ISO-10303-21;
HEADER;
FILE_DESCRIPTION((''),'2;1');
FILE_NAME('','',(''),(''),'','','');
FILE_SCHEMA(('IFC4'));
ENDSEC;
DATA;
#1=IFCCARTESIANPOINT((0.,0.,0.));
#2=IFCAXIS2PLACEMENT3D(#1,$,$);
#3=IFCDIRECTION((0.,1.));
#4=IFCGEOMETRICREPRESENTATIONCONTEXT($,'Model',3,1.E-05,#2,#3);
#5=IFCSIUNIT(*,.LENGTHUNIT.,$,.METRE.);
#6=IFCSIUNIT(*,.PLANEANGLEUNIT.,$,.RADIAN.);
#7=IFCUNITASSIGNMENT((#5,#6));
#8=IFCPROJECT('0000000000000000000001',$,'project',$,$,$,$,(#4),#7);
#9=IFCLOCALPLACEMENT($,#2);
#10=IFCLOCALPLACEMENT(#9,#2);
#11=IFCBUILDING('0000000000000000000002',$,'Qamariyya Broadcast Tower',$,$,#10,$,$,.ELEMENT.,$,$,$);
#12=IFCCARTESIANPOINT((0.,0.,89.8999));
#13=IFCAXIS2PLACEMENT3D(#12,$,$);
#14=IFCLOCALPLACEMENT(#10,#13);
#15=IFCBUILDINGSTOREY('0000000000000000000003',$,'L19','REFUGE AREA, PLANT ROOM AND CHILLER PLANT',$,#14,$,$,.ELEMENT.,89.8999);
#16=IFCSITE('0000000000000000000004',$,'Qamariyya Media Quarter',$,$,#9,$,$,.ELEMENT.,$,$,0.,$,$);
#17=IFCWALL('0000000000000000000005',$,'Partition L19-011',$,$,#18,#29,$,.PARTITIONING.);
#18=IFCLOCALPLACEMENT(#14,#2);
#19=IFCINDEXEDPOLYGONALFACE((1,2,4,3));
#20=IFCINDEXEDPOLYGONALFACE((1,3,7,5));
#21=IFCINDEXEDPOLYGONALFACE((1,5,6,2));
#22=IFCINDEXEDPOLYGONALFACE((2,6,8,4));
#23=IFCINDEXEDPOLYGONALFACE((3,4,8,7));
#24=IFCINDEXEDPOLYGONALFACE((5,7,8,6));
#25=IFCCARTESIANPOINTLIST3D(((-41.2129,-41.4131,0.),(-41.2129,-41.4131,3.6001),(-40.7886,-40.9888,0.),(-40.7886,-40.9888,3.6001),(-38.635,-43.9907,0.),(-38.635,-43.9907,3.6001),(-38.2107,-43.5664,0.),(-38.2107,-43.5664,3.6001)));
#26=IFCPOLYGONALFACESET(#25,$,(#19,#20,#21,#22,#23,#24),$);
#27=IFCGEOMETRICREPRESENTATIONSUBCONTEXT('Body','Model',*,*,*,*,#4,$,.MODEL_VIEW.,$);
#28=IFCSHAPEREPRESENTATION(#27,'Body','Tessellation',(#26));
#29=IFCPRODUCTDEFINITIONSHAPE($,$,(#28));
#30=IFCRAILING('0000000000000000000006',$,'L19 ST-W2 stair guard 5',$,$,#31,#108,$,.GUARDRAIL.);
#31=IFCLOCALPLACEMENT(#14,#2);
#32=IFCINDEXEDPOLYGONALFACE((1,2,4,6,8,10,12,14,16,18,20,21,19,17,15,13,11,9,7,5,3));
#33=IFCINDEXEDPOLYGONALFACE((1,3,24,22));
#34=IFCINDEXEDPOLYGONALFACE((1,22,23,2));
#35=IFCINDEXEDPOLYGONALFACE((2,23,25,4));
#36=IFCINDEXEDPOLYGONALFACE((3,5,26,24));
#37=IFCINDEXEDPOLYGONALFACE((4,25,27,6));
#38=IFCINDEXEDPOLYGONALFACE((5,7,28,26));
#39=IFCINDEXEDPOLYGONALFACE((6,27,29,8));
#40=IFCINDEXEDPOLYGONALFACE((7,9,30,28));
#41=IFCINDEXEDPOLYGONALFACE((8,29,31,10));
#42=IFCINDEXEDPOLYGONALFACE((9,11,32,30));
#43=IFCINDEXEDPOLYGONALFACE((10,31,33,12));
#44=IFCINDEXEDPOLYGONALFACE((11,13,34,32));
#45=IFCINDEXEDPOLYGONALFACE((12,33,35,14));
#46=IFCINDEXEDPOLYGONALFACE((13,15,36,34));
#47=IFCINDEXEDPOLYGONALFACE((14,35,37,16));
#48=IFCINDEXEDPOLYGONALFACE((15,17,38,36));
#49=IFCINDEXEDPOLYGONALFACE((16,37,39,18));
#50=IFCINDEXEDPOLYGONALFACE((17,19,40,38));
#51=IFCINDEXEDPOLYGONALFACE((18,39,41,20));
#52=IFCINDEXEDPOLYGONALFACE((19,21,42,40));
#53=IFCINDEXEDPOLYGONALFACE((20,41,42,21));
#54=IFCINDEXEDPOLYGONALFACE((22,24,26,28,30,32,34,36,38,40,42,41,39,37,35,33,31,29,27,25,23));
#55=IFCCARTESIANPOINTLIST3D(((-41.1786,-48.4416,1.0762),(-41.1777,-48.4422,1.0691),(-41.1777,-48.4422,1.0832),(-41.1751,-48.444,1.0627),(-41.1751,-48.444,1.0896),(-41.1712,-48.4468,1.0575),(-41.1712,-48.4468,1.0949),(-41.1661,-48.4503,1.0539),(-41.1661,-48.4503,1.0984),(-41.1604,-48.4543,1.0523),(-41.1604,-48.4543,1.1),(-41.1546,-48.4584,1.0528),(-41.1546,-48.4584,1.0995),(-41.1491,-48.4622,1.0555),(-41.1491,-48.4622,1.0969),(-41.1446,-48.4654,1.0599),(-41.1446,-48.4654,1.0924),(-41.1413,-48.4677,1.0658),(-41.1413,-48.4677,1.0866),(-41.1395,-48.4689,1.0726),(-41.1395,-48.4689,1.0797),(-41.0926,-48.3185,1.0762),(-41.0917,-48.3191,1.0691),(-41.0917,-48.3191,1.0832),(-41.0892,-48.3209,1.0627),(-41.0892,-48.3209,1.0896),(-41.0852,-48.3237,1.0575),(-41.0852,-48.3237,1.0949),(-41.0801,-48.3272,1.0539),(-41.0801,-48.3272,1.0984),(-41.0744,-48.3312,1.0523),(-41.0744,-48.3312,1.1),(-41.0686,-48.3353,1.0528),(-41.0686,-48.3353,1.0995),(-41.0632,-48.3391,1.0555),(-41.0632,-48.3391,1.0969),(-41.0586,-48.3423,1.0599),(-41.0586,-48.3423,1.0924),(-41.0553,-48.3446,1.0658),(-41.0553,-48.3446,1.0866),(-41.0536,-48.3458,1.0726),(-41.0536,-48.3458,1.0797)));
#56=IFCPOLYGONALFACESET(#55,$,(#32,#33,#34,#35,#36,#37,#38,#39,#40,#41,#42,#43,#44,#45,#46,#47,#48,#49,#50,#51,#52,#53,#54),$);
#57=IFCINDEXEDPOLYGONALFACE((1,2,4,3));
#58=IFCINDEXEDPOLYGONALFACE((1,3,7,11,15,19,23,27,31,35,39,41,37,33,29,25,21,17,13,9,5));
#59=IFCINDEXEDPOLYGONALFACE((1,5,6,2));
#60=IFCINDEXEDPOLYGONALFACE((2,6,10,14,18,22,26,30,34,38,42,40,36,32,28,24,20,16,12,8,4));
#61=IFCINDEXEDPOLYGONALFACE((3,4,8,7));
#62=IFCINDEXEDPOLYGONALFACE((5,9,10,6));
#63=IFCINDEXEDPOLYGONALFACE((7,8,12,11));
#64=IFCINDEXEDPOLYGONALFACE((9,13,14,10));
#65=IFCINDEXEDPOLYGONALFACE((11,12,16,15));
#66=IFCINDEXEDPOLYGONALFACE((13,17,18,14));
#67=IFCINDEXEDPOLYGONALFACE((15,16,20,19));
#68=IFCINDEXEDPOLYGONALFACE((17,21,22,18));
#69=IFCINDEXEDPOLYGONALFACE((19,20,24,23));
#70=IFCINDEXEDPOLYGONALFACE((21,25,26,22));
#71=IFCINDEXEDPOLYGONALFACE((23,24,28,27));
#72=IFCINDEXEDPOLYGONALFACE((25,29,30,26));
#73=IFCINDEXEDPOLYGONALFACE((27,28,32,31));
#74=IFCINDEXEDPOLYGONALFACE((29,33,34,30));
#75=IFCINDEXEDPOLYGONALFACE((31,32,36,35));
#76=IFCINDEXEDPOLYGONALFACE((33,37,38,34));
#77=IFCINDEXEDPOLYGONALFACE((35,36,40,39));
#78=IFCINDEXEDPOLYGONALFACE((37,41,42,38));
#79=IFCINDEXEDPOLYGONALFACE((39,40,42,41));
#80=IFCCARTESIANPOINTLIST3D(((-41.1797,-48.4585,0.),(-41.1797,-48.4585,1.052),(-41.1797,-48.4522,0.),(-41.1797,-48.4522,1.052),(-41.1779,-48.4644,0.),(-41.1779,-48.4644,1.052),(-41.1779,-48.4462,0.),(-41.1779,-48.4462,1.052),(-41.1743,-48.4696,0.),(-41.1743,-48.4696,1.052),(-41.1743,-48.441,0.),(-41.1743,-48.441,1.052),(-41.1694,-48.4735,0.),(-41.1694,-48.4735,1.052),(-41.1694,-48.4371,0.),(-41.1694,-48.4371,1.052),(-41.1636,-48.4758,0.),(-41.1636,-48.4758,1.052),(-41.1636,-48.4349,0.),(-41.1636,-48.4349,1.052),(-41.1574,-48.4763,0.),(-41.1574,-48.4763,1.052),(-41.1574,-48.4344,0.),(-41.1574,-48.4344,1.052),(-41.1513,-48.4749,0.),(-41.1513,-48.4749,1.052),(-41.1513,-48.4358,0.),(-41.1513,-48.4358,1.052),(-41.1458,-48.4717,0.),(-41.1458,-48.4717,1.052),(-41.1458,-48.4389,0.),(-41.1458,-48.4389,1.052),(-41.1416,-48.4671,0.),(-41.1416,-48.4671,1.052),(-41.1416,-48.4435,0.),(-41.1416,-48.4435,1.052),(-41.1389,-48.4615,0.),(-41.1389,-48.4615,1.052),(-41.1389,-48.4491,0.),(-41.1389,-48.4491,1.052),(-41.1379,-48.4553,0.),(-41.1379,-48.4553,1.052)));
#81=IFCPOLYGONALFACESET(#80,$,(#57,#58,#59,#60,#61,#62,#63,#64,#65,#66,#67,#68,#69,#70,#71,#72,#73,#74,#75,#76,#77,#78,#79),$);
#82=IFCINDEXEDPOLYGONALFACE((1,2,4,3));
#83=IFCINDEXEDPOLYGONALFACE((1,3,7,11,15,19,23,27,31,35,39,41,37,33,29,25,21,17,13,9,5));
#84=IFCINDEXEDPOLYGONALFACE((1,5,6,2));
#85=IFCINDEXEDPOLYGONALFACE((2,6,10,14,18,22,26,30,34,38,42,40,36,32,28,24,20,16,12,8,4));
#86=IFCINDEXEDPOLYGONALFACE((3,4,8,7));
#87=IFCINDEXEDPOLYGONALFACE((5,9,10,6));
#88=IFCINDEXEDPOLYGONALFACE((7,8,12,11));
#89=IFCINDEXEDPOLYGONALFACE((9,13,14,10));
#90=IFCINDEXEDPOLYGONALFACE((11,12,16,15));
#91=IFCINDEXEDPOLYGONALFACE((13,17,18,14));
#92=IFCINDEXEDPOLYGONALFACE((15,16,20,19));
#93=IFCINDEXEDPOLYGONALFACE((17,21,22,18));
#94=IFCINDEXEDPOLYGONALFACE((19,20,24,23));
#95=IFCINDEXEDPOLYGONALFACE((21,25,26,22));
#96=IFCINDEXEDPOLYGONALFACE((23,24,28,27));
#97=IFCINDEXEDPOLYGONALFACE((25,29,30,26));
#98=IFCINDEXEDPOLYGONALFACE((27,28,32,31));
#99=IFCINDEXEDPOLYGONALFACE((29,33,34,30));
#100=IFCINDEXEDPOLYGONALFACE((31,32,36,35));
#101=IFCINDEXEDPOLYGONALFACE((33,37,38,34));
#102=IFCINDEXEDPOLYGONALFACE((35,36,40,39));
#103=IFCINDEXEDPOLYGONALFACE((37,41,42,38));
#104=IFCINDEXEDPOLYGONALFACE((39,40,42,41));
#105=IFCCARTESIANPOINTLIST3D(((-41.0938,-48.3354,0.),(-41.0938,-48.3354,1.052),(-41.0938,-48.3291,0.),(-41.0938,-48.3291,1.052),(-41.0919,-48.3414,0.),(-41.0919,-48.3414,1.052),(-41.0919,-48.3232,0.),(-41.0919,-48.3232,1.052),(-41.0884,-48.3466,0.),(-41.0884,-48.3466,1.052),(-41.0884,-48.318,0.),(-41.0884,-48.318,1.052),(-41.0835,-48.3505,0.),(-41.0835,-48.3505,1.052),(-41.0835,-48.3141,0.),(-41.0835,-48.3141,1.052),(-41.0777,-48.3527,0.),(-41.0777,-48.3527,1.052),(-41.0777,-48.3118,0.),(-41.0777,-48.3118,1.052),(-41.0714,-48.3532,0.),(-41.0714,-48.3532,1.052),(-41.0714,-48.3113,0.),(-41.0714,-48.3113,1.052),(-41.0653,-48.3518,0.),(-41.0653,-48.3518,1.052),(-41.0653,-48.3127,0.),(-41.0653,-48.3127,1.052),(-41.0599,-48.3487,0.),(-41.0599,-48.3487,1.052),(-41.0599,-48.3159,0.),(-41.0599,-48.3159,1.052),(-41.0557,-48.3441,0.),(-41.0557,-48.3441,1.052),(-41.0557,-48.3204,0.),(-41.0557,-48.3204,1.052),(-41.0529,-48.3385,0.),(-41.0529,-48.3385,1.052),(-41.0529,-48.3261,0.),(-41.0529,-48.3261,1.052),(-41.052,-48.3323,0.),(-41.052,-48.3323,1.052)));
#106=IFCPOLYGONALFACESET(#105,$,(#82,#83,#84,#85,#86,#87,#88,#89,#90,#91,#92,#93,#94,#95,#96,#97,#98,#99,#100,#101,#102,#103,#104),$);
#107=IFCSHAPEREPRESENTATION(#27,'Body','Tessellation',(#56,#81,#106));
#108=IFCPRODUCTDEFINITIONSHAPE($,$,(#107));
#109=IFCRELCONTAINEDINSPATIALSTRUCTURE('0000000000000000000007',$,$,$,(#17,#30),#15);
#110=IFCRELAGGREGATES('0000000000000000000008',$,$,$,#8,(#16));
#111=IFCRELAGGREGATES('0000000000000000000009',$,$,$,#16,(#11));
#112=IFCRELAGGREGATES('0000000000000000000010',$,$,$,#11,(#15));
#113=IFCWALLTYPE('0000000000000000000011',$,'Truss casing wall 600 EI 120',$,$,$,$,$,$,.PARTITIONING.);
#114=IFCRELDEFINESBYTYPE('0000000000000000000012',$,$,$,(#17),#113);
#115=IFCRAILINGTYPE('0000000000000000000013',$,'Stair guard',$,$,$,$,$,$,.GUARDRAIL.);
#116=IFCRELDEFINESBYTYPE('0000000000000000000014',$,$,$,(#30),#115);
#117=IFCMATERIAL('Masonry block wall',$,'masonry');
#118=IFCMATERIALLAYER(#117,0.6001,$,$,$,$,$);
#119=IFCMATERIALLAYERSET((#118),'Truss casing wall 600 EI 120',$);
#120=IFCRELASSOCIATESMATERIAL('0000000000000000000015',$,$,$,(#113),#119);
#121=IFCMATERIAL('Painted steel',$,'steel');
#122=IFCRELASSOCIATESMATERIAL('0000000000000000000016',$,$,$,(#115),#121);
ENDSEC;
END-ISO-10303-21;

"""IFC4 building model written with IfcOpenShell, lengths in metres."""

from ifc_helpers import new_model, si_unit, direction, frame, frame_2d, origin, origin_2d, place, context, subcontext, project, spatial, rectangle, circle, extrude, material, layer, layer_set, type_object, element, save


model = new_model("IFC4")

# Units and contexts
model_context = context("Model", 3, precision=1e-05, world=origin(), true_north=direction((0.0, 1.0)))
body_context = subcontext(model_context, "Body", "Model", "MODEL_VIEW")
ifc_project = project(units=[si_unit("LENGTHUNIT", "METRE"), si_unit("PLANEANGLEUNIT", "RADIAN")], contexts=[model_context])

# Site, building, storey
site_placement = place(None, origin())
site = spatial("IfcSite", under=ifc_project, at=site_placement, Name="Qamariyya Media Quarter", CompositionType="ELEMENT", RefElevation=0.0)
building_placement = place(site_placement, origin())
building = spatial("IfcBuilding", under=site, at=building_placement, Name="Qamariyya Broadcast Tower", CompositionType="ELEMENT")
storey_placement = place(building_placement, frame((0.0, 0.0, 89.8999)))
storey = spatial("IfcBuildingStorey", under=building, at=storey_placement, Name="L19", Description="REFUGE AREA, PLANT ROOM AND CHILLER PLANT", CompositionType="ELEMENT", Elevation=89.8999)

# Wall
ifc_material_1 = material(Name="Masonry block wall", Category="masonry")
ifc_layer_1 = layer(ifc_material_1, 0.6001)
ifc_layer_set_1 = layer_set([ifc_layer_1], Name="Truss casing wall 600 EI 120")
wall_type_1 = type_object("IfcWallType", Name="Truss casing wall 600 EI 120", PredefinedType="PARTITIONING", material=ifc_layer_set_1)
wall_1_placement = place(storey_placement, frame((-41.0007, -41.2009, 0.0), z_axis=(0.0, 0.0, 1.0), x_axis=(0.70714, -0.707073, 0.0)))
element("IfcWall", 1, at=wall_1_placement, inside=storey, type_object=wall_type_1, Name="Partition L19-011", PredefinedType="PARTITIONING", context=body_context, shape_type="SweptSolid", body=[
    extrude(rectangle(XDim=3.6455, YDim=0.6001, at=frame_2d((1.8228, 0.0))), origin(), (0.0, 0.0, 1.0), 3.6001),
])

# Railing
ifc_material_2 = material(Name="Painted steel", Category="steel")
railing_type_1 = type_object("IfcRailingType", Name="Stair guard", PredefinedType="GUARDRAIL", material=ifc_material_2)
railing_placement = place(storey_placement, frame((-41.1589, -48.4553, 0.0)))
element("IfcRailing", 2, at=railing_placement, inside=storey, type_object=railing_type_1, Name="L19 ST-W2 stair guard 5", PredefinedType="GUARDRAIL", context=body_context, shape_type="SweptSolid", body=[
    extrude(circle(Radius=0.0239, at=origin_2d()), frame((0.0, 0.0, 1.0762), z_axis=(0.572589, 0.819843, 0.0), x_axis=(-0.819843, 0.572589, 0.0)), (0.0, 0.0, 1.0), 0.1501),
    extrude(circle(Radius=0.021, at=origin_2d()), origin(), (0.0, 0.0, 1.0), 1.052),
    extrude(circle(Radius=0.021, at=origin_2d()), frame((0.0859, 0.123, 0.0)), (0.0, 0.0, 1.0), 1.052),
])

save(model, "model.ifc")
